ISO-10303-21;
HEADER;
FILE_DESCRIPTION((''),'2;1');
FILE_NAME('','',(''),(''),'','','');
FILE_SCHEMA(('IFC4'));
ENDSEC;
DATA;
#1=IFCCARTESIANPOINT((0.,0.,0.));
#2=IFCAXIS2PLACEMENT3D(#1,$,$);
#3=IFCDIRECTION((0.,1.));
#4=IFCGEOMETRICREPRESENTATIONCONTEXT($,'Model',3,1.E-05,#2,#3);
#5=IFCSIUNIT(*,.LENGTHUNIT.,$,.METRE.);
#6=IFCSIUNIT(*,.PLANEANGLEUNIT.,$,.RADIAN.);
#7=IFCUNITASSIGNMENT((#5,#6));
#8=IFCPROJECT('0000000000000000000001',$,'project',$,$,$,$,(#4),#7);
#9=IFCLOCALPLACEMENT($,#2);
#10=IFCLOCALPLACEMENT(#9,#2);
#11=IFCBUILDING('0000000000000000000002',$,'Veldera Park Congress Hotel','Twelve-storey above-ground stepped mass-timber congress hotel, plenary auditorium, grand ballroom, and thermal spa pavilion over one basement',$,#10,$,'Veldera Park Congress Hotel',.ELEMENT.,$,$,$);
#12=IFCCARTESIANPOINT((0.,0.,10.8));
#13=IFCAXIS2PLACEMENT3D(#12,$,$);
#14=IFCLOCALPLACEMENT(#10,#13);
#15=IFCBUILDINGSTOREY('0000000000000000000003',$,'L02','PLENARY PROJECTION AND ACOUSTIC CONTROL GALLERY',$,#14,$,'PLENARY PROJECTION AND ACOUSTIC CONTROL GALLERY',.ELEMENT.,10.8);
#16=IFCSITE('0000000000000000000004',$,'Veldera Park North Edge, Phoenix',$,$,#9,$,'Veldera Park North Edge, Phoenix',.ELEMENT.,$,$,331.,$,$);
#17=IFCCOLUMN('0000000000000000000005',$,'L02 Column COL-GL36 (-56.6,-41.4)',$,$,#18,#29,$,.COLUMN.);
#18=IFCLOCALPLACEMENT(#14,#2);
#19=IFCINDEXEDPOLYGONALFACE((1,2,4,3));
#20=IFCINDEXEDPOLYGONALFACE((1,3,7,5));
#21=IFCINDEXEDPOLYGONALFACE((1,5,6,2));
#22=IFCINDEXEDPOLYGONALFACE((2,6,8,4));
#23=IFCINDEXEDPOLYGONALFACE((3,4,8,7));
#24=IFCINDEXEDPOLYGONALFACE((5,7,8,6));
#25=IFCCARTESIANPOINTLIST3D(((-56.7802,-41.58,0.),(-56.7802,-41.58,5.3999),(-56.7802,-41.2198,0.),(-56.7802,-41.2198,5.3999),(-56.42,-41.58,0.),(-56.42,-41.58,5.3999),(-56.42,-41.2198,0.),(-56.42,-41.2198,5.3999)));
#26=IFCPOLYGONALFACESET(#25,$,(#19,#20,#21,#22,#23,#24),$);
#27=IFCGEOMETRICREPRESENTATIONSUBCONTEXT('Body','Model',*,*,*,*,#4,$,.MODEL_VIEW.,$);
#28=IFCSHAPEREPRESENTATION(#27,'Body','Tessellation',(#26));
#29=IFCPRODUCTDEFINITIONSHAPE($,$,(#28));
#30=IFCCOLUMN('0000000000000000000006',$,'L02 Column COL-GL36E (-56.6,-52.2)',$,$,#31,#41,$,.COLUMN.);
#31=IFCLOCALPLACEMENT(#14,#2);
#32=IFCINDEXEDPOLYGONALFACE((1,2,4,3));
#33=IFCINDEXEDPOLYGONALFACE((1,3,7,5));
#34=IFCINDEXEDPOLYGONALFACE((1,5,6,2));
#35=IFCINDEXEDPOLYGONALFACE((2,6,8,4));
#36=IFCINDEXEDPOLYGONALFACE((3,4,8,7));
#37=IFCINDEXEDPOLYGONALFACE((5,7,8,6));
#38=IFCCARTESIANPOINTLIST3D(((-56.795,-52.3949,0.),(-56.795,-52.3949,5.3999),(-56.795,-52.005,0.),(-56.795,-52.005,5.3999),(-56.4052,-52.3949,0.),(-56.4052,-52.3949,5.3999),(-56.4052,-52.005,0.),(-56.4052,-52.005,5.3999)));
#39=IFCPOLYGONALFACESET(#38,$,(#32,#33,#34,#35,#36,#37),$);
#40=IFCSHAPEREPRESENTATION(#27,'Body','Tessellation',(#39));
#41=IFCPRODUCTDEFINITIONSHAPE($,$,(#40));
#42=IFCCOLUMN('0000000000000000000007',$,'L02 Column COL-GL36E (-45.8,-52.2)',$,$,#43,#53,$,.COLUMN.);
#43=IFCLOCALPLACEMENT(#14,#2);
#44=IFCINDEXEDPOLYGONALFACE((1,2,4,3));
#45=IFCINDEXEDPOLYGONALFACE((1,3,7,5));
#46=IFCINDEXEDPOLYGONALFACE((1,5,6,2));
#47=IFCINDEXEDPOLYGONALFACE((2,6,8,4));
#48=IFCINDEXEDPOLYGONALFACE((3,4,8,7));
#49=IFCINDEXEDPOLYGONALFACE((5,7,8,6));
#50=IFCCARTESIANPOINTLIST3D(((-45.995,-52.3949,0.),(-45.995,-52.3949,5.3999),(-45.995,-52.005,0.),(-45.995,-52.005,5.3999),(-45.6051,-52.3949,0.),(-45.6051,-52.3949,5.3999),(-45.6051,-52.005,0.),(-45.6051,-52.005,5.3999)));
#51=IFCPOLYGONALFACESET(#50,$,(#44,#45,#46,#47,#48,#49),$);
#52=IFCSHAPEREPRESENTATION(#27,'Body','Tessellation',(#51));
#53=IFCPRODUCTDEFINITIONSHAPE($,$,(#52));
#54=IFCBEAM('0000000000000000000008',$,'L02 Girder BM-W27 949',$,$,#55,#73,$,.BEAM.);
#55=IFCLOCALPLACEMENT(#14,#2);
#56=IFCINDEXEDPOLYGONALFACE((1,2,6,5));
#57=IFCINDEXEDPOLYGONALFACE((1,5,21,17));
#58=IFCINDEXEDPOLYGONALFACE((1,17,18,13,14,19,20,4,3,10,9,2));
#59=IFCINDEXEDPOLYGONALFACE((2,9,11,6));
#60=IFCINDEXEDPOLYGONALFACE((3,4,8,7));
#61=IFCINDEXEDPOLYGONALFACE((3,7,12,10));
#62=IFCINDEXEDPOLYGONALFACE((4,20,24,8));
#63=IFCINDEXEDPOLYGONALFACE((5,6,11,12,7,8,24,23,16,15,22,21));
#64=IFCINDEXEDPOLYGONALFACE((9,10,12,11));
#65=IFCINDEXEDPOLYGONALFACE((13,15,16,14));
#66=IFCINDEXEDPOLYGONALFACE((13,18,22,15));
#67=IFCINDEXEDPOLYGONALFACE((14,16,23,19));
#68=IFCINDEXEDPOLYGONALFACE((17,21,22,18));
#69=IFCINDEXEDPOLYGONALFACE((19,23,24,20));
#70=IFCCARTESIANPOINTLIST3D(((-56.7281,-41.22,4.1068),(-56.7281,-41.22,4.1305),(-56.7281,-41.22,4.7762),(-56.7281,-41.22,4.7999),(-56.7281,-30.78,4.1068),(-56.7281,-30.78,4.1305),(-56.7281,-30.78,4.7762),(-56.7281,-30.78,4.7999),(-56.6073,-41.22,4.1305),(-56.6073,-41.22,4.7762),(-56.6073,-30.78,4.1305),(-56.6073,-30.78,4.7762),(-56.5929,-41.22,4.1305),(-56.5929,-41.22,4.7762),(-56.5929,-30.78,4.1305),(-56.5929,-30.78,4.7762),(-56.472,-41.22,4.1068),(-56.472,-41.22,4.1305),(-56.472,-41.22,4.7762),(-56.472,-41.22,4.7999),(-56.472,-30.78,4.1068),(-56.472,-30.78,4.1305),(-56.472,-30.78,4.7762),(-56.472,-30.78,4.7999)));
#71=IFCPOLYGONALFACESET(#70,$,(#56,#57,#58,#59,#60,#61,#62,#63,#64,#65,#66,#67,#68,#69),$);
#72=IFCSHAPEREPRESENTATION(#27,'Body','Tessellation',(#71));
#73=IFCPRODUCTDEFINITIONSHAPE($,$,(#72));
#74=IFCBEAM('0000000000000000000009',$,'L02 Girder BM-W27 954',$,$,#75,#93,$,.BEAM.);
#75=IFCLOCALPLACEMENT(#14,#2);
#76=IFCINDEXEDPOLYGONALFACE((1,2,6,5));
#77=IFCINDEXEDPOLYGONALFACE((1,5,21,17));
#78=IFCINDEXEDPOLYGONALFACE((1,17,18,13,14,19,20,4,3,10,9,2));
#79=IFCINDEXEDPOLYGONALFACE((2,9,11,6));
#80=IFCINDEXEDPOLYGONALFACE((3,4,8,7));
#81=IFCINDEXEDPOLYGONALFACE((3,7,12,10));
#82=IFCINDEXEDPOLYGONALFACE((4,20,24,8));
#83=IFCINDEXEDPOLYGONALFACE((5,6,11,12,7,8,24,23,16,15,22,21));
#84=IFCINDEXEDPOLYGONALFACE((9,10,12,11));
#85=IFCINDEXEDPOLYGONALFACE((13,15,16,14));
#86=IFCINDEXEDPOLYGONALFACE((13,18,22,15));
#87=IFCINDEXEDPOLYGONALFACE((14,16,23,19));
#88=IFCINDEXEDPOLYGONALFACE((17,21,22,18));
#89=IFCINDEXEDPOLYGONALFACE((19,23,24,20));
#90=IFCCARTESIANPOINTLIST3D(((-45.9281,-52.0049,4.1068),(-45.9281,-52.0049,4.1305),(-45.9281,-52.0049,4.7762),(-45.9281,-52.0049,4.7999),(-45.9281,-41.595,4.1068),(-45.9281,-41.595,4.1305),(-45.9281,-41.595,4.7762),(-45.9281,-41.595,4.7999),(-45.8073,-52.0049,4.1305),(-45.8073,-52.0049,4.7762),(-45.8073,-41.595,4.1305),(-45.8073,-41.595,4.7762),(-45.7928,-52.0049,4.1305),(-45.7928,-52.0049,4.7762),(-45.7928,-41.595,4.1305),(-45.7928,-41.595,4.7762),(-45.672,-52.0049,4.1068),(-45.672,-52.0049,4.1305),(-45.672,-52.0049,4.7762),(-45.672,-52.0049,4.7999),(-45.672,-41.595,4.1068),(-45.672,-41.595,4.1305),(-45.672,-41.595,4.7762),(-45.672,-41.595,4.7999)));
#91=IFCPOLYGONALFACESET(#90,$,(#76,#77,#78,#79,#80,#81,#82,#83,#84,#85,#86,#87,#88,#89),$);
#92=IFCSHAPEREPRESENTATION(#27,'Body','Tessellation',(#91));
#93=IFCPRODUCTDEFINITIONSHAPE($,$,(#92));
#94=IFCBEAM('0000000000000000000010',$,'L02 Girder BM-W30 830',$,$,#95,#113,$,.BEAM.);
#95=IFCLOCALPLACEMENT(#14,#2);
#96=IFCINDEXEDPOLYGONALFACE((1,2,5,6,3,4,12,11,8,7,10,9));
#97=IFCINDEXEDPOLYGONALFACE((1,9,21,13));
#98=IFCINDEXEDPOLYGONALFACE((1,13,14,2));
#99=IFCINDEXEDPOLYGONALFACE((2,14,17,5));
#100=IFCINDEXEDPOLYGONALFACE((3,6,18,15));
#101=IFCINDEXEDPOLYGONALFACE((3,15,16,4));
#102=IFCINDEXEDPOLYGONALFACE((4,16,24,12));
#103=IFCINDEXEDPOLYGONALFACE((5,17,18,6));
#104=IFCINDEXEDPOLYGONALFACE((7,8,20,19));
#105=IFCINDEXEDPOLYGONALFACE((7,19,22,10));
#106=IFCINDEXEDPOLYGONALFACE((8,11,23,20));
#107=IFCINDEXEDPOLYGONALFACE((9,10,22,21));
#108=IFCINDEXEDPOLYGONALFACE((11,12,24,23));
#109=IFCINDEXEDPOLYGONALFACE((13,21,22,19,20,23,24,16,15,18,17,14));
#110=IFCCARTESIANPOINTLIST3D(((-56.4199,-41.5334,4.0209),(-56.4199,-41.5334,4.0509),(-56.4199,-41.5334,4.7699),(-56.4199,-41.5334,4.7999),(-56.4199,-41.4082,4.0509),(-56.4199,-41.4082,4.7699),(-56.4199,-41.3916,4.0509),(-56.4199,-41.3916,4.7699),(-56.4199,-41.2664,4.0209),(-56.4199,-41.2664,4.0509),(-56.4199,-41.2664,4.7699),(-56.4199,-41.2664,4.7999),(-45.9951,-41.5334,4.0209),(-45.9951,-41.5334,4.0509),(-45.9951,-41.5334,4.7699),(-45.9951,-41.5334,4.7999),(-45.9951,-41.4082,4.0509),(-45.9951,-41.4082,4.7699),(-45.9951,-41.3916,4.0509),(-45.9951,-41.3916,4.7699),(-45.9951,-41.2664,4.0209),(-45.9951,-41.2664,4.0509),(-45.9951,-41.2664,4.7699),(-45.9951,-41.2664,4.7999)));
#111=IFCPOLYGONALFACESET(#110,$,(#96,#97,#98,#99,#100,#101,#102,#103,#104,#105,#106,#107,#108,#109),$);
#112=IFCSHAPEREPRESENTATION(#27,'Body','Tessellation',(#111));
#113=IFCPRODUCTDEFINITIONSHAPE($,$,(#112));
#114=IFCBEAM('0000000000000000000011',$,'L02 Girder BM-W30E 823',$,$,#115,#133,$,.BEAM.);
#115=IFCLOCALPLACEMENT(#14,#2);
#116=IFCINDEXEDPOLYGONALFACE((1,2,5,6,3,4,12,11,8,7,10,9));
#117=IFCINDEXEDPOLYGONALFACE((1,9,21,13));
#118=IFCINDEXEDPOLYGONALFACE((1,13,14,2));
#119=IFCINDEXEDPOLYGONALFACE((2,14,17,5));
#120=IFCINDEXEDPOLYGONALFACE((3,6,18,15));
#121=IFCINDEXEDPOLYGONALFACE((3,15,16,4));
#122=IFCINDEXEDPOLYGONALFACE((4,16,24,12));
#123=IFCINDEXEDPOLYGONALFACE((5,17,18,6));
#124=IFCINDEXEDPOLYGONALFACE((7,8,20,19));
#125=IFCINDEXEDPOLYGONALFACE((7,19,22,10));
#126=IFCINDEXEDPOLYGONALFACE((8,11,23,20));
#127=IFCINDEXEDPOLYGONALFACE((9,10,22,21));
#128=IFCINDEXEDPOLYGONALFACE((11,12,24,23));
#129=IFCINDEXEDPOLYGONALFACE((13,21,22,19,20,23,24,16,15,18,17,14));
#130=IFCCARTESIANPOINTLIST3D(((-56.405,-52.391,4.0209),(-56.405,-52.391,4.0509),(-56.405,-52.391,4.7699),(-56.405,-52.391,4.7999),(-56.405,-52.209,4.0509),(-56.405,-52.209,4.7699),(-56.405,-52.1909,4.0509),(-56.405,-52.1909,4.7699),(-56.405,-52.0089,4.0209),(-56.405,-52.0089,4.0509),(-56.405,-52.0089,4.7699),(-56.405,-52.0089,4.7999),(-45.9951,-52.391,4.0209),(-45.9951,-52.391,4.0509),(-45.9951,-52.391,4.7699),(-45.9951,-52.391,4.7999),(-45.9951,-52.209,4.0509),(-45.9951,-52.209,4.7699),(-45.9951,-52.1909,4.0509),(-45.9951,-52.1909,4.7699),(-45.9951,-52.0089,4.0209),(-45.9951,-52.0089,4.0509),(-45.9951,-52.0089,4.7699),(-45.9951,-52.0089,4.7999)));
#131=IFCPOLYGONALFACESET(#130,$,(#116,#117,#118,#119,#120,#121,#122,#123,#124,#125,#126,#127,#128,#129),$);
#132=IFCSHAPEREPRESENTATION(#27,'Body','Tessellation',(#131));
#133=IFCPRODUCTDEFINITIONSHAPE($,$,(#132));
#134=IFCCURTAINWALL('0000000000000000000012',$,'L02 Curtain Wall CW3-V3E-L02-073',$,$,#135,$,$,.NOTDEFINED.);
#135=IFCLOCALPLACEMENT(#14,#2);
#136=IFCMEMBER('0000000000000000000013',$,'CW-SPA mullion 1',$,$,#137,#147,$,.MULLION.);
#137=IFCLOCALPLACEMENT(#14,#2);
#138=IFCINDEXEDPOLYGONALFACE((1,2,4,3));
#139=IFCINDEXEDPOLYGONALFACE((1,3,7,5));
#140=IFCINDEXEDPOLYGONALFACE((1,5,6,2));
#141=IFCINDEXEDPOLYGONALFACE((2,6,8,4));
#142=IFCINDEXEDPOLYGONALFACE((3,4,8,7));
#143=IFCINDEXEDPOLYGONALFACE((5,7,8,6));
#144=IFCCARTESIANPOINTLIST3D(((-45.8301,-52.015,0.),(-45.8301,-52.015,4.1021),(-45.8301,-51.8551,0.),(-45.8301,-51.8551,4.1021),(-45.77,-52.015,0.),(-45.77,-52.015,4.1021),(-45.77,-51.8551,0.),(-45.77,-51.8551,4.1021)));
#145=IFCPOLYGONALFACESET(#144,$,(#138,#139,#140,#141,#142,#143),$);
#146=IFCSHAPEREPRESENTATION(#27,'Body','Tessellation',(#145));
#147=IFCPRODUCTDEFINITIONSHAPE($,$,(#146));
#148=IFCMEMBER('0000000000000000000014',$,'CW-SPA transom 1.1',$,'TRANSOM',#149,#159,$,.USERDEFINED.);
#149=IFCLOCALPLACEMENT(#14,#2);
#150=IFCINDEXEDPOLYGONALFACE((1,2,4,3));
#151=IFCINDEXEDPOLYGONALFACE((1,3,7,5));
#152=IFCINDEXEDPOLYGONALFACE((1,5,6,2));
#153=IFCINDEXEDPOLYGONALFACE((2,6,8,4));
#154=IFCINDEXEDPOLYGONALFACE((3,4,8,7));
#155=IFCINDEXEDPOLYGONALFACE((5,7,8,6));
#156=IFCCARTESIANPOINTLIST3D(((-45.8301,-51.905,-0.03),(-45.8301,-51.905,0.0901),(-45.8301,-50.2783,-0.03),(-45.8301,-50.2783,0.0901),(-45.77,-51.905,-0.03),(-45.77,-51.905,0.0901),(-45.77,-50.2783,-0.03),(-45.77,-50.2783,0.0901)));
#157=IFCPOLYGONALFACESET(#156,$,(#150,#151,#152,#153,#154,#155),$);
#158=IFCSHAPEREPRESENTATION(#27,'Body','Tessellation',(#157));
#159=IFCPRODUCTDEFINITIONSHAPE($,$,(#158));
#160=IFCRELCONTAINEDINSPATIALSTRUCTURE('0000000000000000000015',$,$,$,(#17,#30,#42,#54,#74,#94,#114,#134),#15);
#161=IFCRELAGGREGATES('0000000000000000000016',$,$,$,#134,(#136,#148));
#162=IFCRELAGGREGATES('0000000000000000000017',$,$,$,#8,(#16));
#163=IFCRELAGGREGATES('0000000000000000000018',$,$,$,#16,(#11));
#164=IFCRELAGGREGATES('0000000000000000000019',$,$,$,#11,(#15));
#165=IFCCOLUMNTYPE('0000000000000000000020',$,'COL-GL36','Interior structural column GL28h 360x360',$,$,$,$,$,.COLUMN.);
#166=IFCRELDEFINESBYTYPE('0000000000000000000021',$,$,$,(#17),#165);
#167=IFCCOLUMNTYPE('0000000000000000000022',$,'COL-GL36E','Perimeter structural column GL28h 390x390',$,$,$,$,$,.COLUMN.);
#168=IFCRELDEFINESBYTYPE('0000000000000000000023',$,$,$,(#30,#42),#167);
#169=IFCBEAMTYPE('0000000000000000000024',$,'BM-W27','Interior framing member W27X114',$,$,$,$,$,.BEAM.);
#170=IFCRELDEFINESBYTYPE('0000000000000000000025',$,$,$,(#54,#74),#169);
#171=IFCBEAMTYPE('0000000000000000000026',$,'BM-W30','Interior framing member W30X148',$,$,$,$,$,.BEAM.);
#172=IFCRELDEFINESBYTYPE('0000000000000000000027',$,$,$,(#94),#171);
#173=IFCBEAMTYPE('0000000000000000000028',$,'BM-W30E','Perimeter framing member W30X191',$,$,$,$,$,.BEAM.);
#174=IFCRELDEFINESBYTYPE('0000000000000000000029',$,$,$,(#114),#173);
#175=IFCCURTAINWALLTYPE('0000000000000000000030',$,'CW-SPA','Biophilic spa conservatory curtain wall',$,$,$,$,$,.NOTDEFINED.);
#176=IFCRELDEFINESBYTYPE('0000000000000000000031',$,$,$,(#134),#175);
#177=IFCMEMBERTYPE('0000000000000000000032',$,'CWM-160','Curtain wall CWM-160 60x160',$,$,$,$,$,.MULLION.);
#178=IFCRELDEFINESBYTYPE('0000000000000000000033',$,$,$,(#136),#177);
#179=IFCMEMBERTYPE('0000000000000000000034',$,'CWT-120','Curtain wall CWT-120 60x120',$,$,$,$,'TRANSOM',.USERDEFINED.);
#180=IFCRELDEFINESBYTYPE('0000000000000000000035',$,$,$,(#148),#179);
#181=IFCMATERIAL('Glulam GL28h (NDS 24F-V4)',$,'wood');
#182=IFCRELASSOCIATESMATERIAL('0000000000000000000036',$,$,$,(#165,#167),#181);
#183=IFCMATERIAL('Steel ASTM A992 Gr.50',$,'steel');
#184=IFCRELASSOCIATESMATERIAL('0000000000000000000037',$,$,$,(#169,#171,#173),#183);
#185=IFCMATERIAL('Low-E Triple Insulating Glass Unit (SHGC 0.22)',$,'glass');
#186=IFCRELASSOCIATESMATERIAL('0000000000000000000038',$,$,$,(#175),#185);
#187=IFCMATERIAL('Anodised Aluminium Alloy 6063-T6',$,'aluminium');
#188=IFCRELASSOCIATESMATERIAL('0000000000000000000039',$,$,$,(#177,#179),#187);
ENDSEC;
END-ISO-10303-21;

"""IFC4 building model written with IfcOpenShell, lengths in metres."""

from ifc_helpers import new_model, si_unit, direction, frame, origin, origin_2d, place, context, subcontext, project, spatial, rectangle, i_section, extrude, material, material_profile, profile_set, type_object, element, aggregate, save


model = new_model("IFC4")

# Units and contexts
model_context = context("Model", 3, precision=1e-05, world=origin(), true_north=direction((0.0, 1.0)))
body_context = subcontext(model_context, "Body", "Model", "MODEL_VIEW")
ifc_project = project(units=[si_unit("LENGTHUNIT", "METRE"), si_unit("PLANEANGLEUNIT", "RADIAN")], contexts=[model_context])

# Site, building, storey
site_placement = place(None, origin())
site = spatial("IfcSite", under=ifc_project, at=site_placement, Name="Veldera Park North Edge, Phoenix", LongName="Veldera Park North Edge, Phoenix", CompositionType="ELEMENT", RefElevation=331.0)
building_placement = place(site_placement, origin())
building = spatial("IfcBuilding", under=site, at=building_placement, Name="Veldera Park Congress Hotel", Description="Twelve-storey above-ground stepped mass-timber congress hotel, plenary auditorium, grand ballroom, and thermal spa pavilion over one basement", LongName="Veldera Park Congress Hotel", CompositionType="ELEMENT")
storey_placement = place(building_placement, frame((0.0, 0.0, 10.8)))
storey = spatial("IfcBuildingStorey", under=building, at=storey_placement, Name="L02", Description="PLENARY PROJECTION AND ACOUSTIC CONTROL GALLERY", LongName="PLENARY PROJECTION AND ACOUSTIC CONTROL GALLERY", CompositionType="ELEMENT", Elevation=10.8)

# Columns
ifc_material_1 = material(Name="Glulam GL28h (NDS 24F-V4)", Category="wood")
ifc_material_profile_1 = material_profile(ifc_material_1, rectangle(XDim=0.3601, YDim=0.3601, at=origin_2d()), Name="GL28h 360x360")
ifc_profile_set_1 = profile_set([ifc_material_profile_1], Name="Glulam GL28h (NDS 24F-V4)")
column_type_1 = type_object("IfcColumnType", Name="COL-GL36", Description="Interior structural column GL28h 360x360", PredefinedType="COLUMN", material=ifc_profile_set_1)
column_placement = place(storey_placement, frame((-56.6001, -41.3999, 0.0), z_axis=(0.0, 0.0, 1.0), x_axis=(1.0, 0.0, 0.0)))
element("IfcColumn", 1, at=column_placement, inside=storey, type_object=column_type_1, Name="L02 Column COL-GL36 (-56.6,-41.4)", PredefinedType="COLUMN", context=body_context, shape_type="SweptSolid", body=[
    extrude(rectangle(XDim=0.3601, YDim=0.3601, at=origin_2d()), origin(), (0.0, 0.0, 1.0), 5.3999),
])
ifc_material_profile_2 = material_profile(ifc_material_1, rectangle(XDim=0.3899, YDim=0.3899, at=origin_2d()), Name="GL28h 390x390")
ifc_profile_set_2 = profile_set([ifc_material_profile_2], Name="Glulam GL28h (NDS 24F-V4)")
column_type_2 = type_object("IfcColumnType", Name="COL-GL36E", Description="Perimeter structural column GL28h 390x390", PredefinedType="COLUMN", material=ifc_profile_set_2)
for number, where, z_axis, x_axis, name in (
    (2, (-56.6001, -52.2, 0.0), (0.0, 0.0, 1.0), (1.0, 0.0, 0.0), "L02 Column COL-GL36E (-56.6,-52.2)"),
    (3, (-45.8, -52.2, 0.0), (0.0, 0.0, 1.0), (1.0, 0.0, 0.0), "L02 Column COL-GL36E (-45.8,-52.2)"),
):
    element("IfcColumn", number, at=place(storey_placement, frame(where, z_axis=z_axis, x_axis=x_axis)), inside=storey, type_object=column_type_2, Name=name, PredefinedType="COLUMN", context=body_context, shape_type="SweptSolid", body=[
        extrude(rectangle(XDim=0.3899, YDim=0.3899, at=origin_2d()), origin(), (0.0, 0.0, 1.0), 5.3999),
    ])

# Beams
ifc_material_2 = material(Name="Steel ASTM A992 Gr.50", Category="steel")
ifc_material_profile_3 = material_profile(ifc_material_2, i_section(OverallWidth=0.2561, OverallDepth=0.6931, WebThickness=0.0144, FlangeThickness=0.0237, at=origin_2d()), Name="W27X114")
ifc_profile_set_3 = profile_set([ifc_material_profile_3], Name="Steel ASTM A992 Gr.50")
beam_type_1 = type_object("IfcBeamType", Name="BM-W27", Description="Interior framing member W27X114", PredefinedType="BEAM", material=ifc_profile_set_3)
beam_1_placement = place(storey_placement, frame((-56.6001, -41.22, 4.4534), z_axis=(0.0, 1.0, 0.0), x_axis=(-1.0, 0.0, 0.0)))
element("IfcBeam", 4, at=beam_1_placement, inside=storey, type_object=beam_type_1, Name="L02 Girder BM-W27 949", PredefinedType="BEAM", context=body_context, shape_type="SweptSolid", body=[
    extrude(i_section(OverallWidth=0.2561, OverallDepth=0.6931, WebThickness=0.0144, FlangeThickness=0.0237, at=origin_2d()), origin(), (0.0, 0.0, 1.0), 10.4399),
])
beam_2_placement = place(storey_placement, frame((-45.8, -52.0049, 4.4534), z_axis=(0.0, 1.0, 0.0), x_axis=(-1.0, 0.0, 0.0)))
element("IfcBeam", 5, at=beam_2_placement, inside=storey, type_object=beam_type_1, Name="L02 Girder BM-W27 954", PredefinedType="BEAM", context=body_context, shape_type="SweptSolid", body=[
    extrude(i_section(OverallWidth=0.2561, OverallDepth=0.6931, WebThickness=0.0144, FlangeThickness=0.0237, at=origin_2d()), origin(), (0.0, 0.0, 1.0), 10.4099),
])
ifc_material_profile_4 = material_profile(ifc_material_2, i_section(OverallWidth=0.2671, OverallDepth=0.7791, WebThickness=0.0166, FlangeThickness=0.03, at=origin_2d()), Name="W30X148")
ifc_profile_set_4 = profile_set([ifc_material_profile_4], Name="Steel ASTM A992 Gr.50")
beam_type_2 = type_object("IfcBeamType", Name="BM-W30", Description="Interior framing member W30X148", PredefinedType="BEAM", material=ifc_profile_set_4)
beam_3_placement = place(storey_placement, frame((-56.4199, -41.3999, 4.4104), z_axis=(1.0, 0.0, 0.0), x_axis=(0.0, 1.0, 0.0)))
element("IfcBeam", 6, at=beam_3_placement, inside=storey, type_object=beam_type_2, Name="L02 Girder BM-W30 830", PredefinedType="BEAM", context=body_context, shape_type="SweptSolid", body=[
    extrude(i_section(OverallWidth=0.2671, OverallDepth=0.7791, WebThickness=0.0166, FlangeThickness=0.03, at=origin_2d()), origin(), (0.0, 0.0, 1.0), 10.4248),
])
ifc_material_profile_5 = material_profile(ifc_material_2, i_section(OverallWidth=0.3821, OverallDepth=0.7791, WebThickness=0.0181, FlangeThickness=0.03, at=origin_2d()), Name="W30X191")
ifc_profile_set_5 = profile_set([ifc_material_profile_5], Name="Steel ASTM A992 Gr.50")
beam_type_3 = type_object("IfcBeamType", Name="BM-W30E", Description="Perimeter framing member W30X191", PredefinedType="BEAM", material=ifc_profile_set_5)
beam_4_placement = place(storey_placement, frame((-56.405, -52.2, 4.4104), z_axis=(1.0, 0.0, 0.0), x_axis=(0.0, 1.0, 0.0)))
element("IfcBeam", 7, at=beam_4_placement, inside=storey, type_object=beam_type_3, Name="L02 Girder BM-W30E 823", PredefinedType="BEAM", context=body_context, shape_type="SweptSolid", body=[
    extrude(i_section(OverallWidth=0.3821, OverallDepth=0.7791, WebThickness=0.0181, FlangeThickness=0.03, at=origin_2d()), origin(), (0.0, 0.0, 1.0), 10.4099),
])

# Curtain wall, members
ifc_material_3 = material(Name="Low-E Triple Insulating Glass Unit (SHGC 0.22)", Category="glass")
curtain_wall_type = type_object("IfcCurtainWallType", Name="CW-SPA", Description="Biophilic spa conservatory curtain wall", PredefinedType="NOTDEFINED", material=ifc_material_3)
curtain_wall_placement = place(storey_placement, origin())
curtain_wall = element("IfcCurtainWall", 8, at=curtain_wall_placement, inside=storey, type_object=curtain_wall_type, Name="L02 Curtain Wall CW3-V3E-L02-073", PredefinedType="NOTDEFINED")
ifc_material_4 = material(Name="Anodised Aluminium Alloy 6063-T6", Category="aluminium")
ifc_material_profile_6 = material_profile(ifc_material_4, rectangle(XDim=0.0601, YDim=0.1599, at=origin_2d()), Name="ALU 60x160")
ifc_profile_set_6 = profile_set([ifc_material_profile_6], Name="Anodised Aluminium Alloy 6063-T6")
member_type_1 = type_object("IfcMemberType", Name="CWM-160", Description="Curtain wall CWM-160 60x160", PredefinedType="MULLION", material=ifc_profile_set_6)
member_1_placement = place(storey_placement, frame((-45.8, -51.9351, 0.0), z_axis=(0.0, 0.0, 1.0), x_axis=(-1.0, 0.0, 0.0)))
member_1 = element("IfcMember", 9, at=member_1_placement, type_object=member_type_1, Name="CW-SPA mullion 1", PredefinedType="MULLION", context=body_context, shape_type="SweptSolid", body=[
    extrude(rectangle(XDim=0.0601, YDim=0.1599, at=origin_2d()), origin(), (0.0, 0.0, 1.0), 4.1021),
])
ifc_material_profile_7 = material_profile(ifc_material_4, rectangle(XDim=0.0601, YDim=0.1201, at=origin_2d()), Name="ALU 60x120")
ifc_profile_set_7 = profile_set([ifc_material_profile_7], Name="Anodised Aluminium Alloy 6063-T6")
member_type_2 = type_object("IfcMemberType", Name="CWT-120", Description="Curtain wall CWT-120 60x120", ElementType="TRANSOM", PredefinedType="USERDEFINED", material=ifc_profile_set_7)
member_2_placement = place(storey_placement, frame((-45.8, -51.905, 0.03), z_axis=(0.0, 1.0, 0.0), x_axis=(-1.0, 0.0, 0.0)))
member_2 = element("IfcMember", 10, at=member_2_placement, type_object=member_type_2, Name="CW-SPA transom 1.1", ObjectType="TRANSOM", PredefinedType="USERDEFINED", context=body_context, shape_type="SweptSolid", body=[
    extrude(rectangle(XDim=0.0601, YDim=0.1201, at=origin_2d()), origin(), (0.0, 0.0, 1.0), 1.6267),
])
aggregate(curtain_wall, [member_1, member_2])

save(model, "model.ifc")
